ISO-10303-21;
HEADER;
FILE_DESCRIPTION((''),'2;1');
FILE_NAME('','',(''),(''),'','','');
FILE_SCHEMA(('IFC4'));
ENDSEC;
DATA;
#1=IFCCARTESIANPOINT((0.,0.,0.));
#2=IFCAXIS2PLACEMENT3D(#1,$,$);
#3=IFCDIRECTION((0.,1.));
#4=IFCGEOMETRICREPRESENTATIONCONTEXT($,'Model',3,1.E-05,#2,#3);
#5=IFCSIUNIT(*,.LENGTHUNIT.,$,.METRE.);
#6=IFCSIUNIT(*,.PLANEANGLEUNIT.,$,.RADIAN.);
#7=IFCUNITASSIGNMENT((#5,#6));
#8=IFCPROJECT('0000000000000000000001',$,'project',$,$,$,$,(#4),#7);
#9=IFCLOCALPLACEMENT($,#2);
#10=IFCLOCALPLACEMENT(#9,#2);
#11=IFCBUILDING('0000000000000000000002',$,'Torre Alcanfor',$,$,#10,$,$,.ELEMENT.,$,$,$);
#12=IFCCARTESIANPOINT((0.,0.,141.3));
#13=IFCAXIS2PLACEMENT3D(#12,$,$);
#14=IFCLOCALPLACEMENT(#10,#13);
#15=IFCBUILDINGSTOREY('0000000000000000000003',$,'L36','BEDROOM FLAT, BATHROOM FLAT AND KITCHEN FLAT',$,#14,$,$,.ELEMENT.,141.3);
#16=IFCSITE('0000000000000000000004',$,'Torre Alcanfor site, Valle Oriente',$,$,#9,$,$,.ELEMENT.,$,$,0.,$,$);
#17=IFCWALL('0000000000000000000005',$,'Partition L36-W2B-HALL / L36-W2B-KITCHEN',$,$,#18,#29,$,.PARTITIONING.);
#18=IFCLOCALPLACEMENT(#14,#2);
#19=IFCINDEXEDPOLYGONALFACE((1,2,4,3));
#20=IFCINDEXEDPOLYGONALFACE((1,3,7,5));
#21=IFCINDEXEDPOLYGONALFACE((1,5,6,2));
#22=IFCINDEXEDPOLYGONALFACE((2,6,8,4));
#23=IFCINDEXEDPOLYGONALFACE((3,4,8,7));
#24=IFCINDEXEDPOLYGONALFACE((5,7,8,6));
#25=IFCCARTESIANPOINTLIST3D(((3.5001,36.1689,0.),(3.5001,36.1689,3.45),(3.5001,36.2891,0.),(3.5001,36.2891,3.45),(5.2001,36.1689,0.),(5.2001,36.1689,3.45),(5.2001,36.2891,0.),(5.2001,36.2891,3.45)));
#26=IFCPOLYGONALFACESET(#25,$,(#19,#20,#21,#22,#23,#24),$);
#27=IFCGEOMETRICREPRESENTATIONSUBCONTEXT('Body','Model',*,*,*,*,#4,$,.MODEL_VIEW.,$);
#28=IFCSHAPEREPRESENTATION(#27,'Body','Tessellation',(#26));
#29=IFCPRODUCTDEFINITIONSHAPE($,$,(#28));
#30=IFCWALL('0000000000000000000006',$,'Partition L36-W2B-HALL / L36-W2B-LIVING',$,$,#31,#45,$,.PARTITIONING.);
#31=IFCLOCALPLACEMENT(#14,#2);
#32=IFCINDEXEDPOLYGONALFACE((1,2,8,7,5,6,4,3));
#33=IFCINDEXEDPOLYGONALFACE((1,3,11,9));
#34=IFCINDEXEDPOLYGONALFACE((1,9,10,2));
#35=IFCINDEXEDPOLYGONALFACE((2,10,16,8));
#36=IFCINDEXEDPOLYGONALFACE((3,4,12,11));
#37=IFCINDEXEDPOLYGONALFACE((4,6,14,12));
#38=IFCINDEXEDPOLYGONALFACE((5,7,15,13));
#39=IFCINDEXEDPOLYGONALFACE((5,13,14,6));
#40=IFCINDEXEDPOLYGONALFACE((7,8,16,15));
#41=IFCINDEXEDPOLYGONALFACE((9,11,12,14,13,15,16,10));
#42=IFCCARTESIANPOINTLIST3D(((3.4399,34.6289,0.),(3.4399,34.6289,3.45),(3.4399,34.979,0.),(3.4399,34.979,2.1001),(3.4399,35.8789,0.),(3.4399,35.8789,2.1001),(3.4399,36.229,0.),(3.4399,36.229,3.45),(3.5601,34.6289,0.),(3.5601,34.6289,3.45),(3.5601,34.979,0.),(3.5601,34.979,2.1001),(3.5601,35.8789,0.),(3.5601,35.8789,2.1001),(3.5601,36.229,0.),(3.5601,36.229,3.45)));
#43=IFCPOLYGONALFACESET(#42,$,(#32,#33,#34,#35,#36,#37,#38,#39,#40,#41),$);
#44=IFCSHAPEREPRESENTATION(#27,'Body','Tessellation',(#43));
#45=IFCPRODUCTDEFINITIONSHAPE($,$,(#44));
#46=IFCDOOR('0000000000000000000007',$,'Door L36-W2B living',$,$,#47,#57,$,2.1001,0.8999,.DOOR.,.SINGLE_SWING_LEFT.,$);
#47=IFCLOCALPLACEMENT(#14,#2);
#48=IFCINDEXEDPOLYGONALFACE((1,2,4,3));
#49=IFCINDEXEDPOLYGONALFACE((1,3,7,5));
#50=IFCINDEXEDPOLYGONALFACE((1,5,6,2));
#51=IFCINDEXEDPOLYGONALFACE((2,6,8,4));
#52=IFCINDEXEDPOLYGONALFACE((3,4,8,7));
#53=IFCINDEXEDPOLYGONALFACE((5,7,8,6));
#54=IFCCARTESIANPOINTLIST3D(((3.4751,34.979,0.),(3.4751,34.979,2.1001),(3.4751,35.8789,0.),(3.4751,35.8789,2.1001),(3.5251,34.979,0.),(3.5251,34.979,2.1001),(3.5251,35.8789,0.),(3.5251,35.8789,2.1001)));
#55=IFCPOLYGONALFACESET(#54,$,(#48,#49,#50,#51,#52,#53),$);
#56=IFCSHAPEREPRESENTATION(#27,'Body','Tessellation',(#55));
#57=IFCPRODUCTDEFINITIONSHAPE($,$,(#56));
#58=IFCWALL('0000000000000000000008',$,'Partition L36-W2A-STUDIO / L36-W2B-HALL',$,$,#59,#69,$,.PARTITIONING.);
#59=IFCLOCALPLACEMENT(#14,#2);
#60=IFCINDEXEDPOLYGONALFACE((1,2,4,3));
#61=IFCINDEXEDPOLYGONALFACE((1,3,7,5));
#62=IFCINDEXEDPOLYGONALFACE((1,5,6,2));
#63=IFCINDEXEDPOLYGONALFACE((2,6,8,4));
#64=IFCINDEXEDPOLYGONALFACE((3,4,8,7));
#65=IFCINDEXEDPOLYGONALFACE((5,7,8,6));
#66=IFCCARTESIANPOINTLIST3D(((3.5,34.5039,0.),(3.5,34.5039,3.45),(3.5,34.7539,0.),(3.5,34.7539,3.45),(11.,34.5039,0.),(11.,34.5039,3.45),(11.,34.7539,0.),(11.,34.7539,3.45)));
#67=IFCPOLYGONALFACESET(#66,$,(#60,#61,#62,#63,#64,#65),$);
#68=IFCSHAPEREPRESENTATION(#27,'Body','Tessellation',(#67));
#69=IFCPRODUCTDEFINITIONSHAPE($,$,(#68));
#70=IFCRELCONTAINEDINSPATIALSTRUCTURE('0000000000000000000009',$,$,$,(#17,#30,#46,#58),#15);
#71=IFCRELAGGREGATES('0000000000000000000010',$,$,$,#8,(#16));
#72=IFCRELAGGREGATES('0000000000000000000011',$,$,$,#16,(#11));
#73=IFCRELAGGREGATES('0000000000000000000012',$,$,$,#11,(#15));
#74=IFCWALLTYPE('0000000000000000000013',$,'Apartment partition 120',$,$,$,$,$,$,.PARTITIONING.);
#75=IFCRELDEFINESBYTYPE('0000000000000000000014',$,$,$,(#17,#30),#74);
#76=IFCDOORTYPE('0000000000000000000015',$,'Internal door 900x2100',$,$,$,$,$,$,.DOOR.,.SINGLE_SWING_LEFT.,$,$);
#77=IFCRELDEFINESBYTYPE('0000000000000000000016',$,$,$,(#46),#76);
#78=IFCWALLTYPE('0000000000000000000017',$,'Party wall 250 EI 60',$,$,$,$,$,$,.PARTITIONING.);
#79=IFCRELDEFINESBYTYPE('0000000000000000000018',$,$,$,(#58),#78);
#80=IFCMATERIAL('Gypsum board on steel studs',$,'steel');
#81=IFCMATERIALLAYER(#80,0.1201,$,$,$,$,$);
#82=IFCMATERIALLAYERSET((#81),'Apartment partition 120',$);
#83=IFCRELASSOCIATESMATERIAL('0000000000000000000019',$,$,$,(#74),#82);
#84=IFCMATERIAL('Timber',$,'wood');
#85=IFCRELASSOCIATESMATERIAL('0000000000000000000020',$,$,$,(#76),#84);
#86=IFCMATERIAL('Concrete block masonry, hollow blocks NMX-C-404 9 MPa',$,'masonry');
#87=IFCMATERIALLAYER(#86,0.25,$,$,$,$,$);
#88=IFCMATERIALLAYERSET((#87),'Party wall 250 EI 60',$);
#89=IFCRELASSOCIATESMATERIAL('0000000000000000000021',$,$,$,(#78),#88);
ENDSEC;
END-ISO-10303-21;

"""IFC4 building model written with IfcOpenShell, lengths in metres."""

from ifc_helpers import new_model, si_unit, direction, frame, frame_2d, origin, place, context, subcontext, project, spatial, rectangle, extrude, material, layer, layer_set, type_object, element, fill, save


model = new_model("IFC4")

# Units and contexts
model_context = context("Model", 3, precision=1e-05, world=origin(), true_north=direction((0.0, 1.0)))
body_context = subcontext(model_context, "Body", "Model", "MODEL_VIEW")
ifc_project = project(units=[si_unit("LENGTHUNIT", "METRE"), si_unit("PLANEANGLEUNIT", "RADIAN")], contexts=[model_context])

# Site, building, storey
site_placement = place(None, origin())
site = spatial("IfcSite", under=ifc_project, at=site_placement, Name="Torre Alcanfor site, Valle Oriente", CompositionType="ELEMENT", RefElevation=0.0)
building_placement = place(site_placement, origin())
building = spatial("IfcBuilding", under=site, at=building_placement, Name="Torre Alcanfor", CompositionType="ELEMENT")
storey_placement = place(building_placement, frame((0.0, 0.0, 141.3)))
storey = spatial("IfcBuildingStorey", under=building, at=storey_placement, Name="L36", Description="BEDROOM FLAT, BATHROOM FLAT AND KITCHEN FLAT", CompositionType="ELEMENT", Elevation=141.3)

# Wall
ifc_material_1 = material(Name="Gypsum board on steel studs", Category="steel")
ifc_layer_1 = layer(ifc_material_1, 0.1201)
ifc_layer_set_1 = layer_set([ifc_layer_1], Name="Apartment partition 120")
wall_type_1 = type_object("IfcWallType", Name="Apartment partition 120", PredefinedType="PARTITIONING", material=ifc_layer_set_1)
wall_1_placement = place(storey_placement, frame((3.5, 36.229, 0.0), z_axis=(0.0, 0.0, 1.0), x_axis=(1.0, 0.0, 0.0)))
element("IfcWall", 1, at=wall_1_placement, inside=storey, type_object=wall_type_1, Name="Partition L36-W2B-HALL / L36-W2B-KITCHEN", PredefinedType="PARTITIONING", context=body_context, shape_type="SweptSolid", body=[
    extrude(rectangle(XDim=1.7, YDim=0.1201, at=frame_2d((0.8501, 0.0))), origin(), (0.0, 0.0, 1.0), 3.45),
])

# Wall, opening, door
wall_2_placement = place(storey_placement, frame((3.5, 34.6289, 0.0), z_axis=(0.0, 0.0, 1.0), x_axis=(0.0, 1.0, 0.0)))
wall_2 = element("IfcWall", 2, at=wall_2_placement, inside=storey, type_object=wall_type_1, Name="Partition L36-W2B-HALL / L36-W2B-LIVING", PredefinedType="PARTITIONING", context=body_context, shape_type="SweptSolid", body=[
    extrude(rectangle(XDim=1.6001, YDim=0.1201, at=frame_2d((0.8, 0.0))), origin(), (0.0, 0.0, 1.0), 3.45),
])
opening_placement = place(wall_2_placement, frame((0.3501, 0.0, 0.0)))
opening = element("IfcOpeningElement", 3, at=opening_placement, cuts=wall_2, PredefinedType="OPENING", context=body_context, shape_type="SweptSolid", body=[
    extrude(rectangle(XDim=0.8999, YDim=2.1001, at=frame_2d((0.45, 1.05))), frame((0.0, 0.0701, 0.0), z_axis=(0.0, -1.0, 0.0), x_axis=(1.0, 0.0, 0.0)), (0.0, 0.0, 1.0), 0.1401),
])
ifc_material_2 = material(Name="Timber", Category="wood")
door_type = type_object("IfcDoorType", Name="Internal door 900x2100", OperationType="SINGLE_SWING_LEFT", PredefinedType="DOOR", material=ifc_material_2)
door_placement = place(opening_placement, origin())
door = element("IfcDoor", 4, at=door_placement, inside=storey, type_object=door_type, Name="Door L36-W2B living", OperationType="SINGLE_SWING_LEFT", OverallHeight=2.1001, OverallWidth=0.8999, PredefinedType="DOOR", context=body_context, shape_type="SweptSolid", body=[
    extrude(rectangle(XDim=0.8999, YDim=2.1001, at=frame_2d((0.45, 1.05))), frame((0.0, 0.0249, 0.0), z_axis=(0.0, -1.0, 0.0), x_axis=(1.0, 0.0, 0.0)), (0.0, 0.0, 1.0), 0.05),
])
fill(opening, door)

# Wall
ifc_material_3 = material(Name="Concrete block masonry, hollow blocks NMX-C-404 9 MPa", Category="masonry")
ifc_layer_2 = layer(ifc_material_3, 0.25)
ifc_layer_set_2 = layer_set([ifc_layer_2], Name="Party wall 250 EI 60")
wall_type_2 = type_object("IfcWallType", Name="Party wall 250 EI 60", PredefinedType="PARTITIONING", material=ifc_layer_set_2)
wall_3_placement = place(storey_placement, frame((3.5, 34.6289, 0.0), z_axis=(0.0, 0.0, 1.0), x_axis=(1.0, 0.0, 0.0)))
element("IfcWall", 5, at=wall_3_placement, inside=storey, type_object=wall_type_2, Name="Partition L36-W2A-STUDIO / L36-W2B-HALL", PredefinedType="PARTITIONING", context=body_context, shape_type="SweptSolid", body=[
    extrude(rectangle(XDim=7.5, YDim=0.25, at=frame_2d((3.75, 0.0))), origin(), (0.0, 0.0, 1.0), 3.45),
])

save(model, "model.ifc")
